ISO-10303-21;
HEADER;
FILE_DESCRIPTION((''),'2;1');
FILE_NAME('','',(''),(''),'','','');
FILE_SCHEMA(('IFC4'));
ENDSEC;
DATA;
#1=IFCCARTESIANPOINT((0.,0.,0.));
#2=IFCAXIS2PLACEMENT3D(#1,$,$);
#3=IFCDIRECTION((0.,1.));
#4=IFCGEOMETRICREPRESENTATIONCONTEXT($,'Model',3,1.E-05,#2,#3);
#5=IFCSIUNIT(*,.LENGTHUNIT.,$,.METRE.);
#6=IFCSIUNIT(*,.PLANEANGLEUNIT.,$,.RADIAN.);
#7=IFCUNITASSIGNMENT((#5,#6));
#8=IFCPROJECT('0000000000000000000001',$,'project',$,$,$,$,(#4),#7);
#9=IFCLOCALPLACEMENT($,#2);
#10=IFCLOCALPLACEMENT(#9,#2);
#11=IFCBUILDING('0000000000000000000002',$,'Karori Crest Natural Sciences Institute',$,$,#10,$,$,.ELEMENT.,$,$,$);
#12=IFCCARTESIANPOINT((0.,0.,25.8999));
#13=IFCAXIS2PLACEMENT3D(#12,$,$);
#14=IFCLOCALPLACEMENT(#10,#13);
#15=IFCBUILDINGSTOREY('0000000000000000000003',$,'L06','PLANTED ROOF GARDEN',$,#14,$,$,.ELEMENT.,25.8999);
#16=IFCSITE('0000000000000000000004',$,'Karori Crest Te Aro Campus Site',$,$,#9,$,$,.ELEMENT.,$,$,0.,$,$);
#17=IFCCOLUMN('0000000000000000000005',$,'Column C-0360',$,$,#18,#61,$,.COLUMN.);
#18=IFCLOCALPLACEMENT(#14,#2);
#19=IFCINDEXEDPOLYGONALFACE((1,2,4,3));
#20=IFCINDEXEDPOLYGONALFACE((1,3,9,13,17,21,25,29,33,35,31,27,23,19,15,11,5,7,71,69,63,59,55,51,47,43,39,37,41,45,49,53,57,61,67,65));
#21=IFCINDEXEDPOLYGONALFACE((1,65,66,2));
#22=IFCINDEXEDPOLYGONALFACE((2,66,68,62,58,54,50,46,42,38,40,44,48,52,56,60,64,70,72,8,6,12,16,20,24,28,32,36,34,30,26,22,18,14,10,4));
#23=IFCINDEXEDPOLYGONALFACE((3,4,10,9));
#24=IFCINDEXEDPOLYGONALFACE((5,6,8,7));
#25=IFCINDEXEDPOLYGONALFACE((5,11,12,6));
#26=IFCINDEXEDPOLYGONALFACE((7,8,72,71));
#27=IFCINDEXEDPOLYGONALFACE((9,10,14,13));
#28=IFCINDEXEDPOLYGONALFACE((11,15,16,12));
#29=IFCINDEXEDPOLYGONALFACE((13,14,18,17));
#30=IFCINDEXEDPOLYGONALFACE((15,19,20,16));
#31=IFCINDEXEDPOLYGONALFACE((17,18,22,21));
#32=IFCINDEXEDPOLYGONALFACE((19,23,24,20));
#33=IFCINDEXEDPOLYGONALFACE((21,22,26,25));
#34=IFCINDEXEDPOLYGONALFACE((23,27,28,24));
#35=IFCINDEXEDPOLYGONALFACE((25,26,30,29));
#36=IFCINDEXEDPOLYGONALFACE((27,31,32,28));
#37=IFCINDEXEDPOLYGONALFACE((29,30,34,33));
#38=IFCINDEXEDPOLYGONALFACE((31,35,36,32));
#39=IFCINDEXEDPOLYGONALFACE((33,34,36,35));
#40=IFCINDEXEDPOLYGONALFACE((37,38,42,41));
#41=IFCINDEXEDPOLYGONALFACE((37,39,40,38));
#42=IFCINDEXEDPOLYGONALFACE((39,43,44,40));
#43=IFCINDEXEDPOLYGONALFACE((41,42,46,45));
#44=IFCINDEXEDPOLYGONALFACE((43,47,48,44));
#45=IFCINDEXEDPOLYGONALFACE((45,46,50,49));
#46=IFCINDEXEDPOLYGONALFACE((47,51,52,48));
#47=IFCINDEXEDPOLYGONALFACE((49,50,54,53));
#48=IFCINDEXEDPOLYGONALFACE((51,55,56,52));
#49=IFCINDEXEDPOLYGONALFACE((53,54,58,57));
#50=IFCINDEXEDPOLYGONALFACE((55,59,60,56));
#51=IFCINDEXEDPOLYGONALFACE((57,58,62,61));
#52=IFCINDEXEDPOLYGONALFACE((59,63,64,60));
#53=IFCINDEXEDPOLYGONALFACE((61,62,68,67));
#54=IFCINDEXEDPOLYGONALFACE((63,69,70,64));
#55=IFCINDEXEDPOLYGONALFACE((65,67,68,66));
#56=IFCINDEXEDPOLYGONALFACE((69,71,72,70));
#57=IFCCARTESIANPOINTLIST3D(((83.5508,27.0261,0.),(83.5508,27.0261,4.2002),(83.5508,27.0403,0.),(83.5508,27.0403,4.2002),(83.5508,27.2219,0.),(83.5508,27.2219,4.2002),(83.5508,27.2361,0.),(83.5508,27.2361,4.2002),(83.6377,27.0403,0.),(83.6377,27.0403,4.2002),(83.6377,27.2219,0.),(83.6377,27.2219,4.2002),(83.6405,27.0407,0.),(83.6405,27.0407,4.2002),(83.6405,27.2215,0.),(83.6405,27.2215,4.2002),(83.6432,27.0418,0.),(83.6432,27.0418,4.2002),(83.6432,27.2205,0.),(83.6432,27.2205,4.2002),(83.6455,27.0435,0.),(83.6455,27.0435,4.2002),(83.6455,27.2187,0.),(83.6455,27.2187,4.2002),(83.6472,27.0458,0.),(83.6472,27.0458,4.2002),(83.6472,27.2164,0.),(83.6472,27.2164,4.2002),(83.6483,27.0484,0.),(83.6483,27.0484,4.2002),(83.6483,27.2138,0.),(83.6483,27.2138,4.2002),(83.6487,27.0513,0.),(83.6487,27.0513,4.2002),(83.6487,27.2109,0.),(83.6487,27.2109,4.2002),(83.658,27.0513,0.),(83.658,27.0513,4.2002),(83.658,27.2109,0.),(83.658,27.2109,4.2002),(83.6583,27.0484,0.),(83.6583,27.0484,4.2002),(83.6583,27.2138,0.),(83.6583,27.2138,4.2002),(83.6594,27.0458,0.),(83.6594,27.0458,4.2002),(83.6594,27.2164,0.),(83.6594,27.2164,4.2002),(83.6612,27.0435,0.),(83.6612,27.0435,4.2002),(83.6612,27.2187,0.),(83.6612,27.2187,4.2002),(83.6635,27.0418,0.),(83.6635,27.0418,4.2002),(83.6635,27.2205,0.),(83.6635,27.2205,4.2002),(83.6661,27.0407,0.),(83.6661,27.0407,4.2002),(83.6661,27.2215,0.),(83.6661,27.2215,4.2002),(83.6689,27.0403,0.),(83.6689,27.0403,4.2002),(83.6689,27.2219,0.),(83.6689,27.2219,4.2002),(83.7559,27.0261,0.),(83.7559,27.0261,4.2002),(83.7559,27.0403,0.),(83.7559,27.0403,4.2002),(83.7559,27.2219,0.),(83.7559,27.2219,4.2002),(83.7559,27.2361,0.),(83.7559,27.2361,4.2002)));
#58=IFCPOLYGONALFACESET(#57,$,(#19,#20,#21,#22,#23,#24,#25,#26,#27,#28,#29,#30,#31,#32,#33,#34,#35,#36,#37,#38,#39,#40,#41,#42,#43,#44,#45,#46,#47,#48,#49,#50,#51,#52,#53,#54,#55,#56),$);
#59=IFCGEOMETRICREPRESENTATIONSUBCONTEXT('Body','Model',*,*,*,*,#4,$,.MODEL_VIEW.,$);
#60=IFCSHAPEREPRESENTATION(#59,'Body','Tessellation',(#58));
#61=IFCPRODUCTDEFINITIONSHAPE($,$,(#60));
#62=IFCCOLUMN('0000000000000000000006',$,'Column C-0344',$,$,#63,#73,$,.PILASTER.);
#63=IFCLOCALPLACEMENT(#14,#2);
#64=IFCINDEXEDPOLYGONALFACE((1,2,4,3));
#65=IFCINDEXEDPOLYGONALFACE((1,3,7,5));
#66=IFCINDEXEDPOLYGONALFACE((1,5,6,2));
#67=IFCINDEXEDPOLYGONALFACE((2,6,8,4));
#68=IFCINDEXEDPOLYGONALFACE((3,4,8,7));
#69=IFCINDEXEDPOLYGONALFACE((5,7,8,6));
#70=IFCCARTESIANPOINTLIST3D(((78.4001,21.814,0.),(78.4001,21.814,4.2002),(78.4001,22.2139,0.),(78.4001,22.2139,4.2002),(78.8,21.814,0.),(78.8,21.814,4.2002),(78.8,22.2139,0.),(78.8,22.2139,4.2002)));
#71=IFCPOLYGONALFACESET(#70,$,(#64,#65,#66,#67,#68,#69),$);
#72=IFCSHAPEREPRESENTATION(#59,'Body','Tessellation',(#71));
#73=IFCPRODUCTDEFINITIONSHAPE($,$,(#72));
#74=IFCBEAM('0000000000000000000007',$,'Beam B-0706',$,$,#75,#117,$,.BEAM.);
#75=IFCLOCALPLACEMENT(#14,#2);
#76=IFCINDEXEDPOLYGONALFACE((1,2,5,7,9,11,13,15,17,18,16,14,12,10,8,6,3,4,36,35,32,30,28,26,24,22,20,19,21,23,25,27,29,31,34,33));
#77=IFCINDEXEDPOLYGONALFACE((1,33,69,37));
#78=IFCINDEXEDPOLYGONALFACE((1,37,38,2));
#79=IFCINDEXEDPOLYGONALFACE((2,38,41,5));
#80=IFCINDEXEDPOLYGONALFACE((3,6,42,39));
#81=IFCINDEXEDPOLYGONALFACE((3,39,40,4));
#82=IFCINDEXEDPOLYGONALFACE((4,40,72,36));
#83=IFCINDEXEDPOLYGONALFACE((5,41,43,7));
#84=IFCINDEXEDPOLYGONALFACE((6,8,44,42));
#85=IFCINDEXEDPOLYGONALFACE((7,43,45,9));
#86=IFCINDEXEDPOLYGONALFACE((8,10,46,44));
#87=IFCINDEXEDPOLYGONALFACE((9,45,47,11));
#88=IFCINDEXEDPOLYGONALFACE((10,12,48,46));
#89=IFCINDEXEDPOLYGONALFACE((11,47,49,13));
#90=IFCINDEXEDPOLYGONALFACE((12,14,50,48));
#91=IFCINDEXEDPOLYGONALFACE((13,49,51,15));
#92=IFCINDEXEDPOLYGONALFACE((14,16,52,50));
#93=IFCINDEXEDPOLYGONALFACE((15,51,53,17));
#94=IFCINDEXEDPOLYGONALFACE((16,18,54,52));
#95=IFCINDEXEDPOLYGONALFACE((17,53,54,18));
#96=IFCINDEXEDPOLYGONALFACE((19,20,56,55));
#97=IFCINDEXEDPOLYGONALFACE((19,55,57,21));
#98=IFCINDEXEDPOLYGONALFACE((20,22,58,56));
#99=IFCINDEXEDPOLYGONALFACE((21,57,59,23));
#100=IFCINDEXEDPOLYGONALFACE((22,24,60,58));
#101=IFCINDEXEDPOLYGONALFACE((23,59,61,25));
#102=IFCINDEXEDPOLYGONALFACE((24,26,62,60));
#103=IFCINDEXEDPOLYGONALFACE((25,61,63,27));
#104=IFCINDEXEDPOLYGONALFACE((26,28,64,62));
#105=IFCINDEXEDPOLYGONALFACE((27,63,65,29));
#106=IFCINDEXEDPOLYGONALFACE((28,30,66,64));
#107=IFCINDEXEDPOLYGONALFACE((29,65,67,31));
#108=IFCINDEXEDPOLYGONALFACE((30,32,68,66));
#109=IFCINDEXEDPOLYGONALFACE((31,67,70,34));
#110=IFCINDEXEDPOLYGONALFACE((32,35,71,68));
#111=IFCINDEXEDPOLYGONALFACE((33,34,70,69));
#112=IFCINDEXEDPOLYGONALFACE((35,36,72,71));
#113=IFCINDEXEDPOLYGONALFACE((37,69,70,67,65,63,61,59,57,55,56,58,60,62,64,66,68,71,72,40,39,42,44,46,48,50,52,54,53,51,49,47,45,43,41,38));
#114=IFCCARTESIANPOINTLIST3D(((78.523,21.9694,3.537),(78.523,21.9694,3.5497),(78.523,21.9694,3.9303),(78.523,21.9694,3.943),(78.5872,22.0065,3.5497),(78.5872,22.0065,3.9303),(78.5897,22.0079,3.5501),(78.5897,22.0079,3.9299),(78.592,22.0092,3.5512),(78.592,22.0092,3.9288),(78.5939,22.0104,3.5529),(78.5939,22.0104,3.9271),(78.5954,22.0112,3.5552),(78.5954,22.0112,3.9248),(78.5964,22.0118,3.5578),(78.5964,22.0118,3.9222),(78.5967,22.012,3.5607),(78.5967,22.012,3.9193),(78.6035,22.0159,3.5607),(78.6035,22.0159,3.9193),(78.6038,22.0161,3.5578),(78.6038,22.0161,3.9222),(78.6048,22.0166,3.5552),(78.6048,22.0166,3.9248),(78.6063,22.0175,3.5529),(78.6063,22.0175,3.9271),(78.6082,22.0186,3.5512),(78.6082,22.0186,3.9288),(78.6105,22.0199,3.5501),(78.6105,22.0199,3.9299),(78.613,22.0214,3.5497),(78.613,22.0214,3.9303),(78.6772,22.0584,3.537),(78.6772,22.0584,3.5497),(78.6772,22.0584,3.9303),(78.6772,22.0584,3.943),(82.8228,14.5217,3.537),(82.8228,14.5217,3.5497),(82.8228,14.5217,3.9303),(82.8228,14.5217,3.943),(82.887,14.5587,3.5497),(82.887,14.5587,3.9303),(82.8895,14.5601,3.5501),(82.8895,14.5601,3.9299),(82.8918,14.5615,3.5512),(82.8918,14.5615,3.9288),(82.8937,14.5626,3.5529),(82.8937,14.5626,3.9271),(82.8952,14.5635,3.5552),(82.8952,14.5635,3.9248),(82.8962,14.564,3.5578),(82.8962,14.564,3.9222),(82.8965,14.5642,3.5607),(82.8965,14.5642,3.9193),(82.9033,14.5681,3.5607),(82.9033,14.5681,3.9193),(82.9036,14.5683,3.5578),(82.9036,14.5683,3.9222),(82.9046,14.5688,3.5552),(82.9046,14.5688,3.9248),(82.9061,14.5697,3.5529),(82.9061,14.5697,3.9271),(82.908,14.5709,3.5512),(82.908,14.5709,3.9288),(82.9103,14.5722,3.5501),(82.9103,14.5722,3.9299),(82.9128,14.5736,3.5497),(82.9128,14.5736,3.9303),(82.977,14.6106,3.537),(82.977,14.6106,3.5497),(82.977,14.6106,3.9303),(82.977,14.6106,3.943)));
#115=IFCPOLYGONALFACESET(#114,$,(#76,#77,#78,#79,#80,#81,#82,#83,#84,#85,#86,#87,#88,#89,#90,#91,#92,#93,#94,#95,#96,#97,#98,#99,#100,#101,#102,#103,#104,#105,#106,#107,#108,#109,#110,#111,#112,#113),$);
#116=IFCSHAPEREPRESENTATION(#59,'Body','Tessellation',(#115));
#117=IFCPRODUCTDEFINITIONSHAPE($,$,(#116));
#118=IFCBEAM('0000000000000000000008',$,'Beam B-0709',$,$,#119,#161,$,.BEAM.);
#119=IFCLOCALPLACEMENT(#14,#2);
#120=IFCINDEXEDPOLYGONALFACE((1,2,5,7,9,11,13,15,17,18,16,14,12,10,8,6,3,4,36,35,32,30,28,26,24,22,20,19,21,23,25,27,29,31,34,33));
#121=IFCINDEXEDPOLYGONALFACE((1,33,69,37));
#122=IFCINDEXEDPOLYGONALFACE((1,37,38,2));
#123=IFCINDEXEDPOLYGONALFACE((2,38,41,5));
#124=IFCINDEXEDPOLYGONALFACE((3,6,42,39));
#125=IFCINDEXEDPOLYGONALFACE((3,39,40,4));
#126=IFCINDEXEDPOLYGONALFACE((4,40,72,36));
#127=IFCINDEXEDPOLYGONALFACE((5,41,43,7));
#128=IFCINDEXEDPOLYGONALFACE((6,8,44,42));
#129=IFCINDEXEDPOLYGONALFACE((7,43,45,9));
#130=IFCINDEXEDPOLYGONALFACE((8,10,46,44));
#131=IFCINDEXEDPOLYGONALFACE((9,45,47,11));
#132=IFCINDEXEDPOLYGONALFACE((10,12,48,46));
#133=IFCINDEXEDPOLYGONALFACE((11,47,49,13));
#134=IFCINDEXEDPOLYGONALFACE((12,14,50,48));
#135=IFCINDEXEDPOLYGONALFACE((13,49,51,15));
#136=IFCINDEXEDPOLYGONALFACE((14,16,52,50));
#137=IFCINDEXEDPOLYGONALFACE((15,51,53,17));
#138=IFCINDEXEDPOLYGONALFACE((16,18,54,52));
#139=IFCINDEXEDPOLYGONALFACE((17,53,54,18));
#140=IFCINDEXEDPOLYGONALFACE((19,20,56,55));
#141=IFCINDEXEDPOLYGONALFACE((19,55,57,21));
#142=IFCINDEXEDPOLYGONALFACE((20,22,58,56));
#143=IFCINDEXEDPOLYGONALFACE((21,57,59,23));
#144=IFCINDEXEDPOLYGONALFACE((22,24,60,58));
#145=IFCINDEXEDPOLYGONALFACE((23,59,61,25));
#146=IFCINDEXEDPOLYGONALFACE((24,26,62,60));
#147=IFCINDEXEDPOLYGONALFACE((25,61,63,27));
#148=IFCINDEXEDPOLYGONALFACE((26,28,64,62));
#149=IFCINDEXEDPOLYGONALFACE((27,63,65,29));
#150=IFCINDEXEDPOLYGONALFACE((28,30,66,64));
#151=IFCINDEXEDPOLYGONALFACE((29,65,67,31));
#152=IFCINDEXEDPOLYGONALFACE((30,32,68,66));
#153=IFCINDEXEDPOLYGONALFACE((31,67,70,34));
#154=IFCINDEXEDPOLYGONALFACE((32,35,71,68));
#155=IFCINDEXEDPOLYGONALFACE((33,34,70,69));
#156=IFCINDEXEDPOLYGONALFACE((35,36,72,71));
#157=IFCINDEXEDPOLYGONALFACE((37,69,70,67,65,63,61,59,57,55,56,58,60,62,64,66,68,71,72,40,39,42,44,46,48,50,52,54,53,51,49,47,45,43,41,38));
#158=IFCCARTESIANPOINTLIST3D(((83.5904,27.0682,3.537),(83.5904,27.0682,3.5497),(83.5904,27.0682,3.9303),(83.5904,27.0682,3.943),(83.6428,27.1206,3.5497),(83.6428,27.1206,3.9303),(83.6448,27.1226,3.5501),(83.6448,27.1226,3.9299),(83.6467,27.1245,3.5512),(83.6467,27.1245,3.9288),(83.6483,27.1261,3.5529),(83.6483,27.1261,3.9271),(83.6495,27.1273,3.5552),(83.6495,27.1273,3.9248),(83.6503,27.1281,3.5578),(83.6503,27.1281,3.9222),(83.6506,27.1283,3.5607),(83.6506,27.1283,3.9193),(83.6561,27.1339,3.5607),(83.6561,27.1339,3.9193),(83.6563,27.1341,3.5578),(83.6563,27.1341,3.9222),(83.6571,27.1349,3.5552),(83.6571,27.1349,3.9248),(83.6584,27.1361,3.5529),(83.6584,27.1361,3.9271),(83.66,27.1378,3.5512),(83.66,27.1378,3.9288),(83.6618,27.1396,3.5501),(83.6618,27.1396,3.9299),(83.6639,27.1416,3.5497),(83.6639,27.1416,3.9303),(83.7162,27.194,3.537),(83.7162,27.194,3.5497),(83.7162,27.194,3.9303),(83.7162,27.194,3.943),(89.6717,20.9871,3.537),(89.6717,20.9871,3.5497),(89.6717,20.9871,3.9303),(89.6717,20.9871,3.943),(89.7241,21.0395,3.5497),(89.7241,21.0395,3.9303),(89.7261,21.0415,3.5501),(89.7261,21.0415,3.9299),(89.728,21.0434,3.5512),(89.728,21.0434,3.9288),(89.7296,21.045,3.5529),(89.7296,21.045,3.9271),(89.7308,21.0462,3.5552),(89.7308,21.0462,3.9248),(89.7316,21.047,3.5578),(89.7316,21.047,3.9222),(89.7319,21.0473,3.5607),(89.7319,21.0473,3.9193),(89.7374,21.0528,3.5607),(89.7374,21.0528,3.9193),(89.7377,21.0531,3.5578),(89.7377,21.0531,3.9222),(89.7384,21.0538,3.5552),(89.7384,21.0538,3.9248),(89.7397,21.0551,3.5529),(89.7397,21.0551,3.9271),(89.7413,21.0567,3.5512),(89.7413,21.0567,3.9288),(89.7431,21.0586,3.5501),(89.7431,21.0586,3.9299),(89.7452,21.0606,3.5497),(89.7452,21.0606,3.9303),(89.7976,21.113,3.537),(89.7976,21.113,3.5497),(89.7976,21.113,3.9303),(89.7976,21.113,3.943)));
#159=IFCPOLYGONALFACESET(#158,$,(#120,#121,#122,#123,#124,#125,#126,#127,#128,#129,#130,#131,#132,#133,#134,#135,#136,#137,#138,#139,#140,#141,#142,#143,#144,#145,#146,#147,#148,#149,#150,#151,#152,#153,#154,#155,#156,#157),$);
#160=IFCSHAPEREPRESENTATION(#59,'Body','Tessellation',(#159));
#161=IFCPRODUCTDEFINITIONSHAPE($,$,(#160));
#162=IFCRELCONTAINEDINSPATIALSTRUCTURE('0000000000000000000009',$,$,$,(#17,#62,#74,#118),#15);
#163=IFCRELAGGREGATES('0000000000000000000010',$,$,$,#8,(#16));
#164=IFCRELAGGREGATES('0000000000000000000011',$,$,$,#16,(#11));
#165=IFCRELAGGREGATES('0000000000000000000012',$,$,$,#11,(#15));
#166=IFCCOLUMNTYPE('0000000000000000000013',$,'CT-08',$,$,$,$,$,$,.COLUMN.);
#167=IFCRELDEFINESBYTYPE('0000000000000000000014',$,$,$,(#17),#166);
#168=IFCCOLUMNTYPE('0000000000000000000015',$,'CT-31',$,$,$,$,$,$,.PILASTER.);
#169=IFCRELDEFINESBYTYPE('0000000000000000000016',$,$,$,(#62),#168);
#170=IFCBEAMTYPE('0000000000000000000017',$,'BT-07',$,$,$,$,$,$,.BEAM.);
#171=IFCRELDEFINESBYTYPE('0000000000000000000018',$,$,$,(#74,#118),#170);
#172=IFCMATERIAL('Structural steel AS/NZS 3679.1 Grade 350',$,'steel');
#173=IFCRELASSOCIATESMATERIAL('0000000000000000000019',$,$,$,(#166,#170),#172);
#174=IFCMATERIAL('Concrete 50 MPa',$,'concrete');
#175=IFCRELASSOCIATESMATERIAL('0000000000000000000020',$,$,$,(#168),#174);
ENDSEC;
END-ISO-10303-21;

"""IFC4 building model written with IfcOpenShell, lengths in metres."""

from ifc_helpers import new_model, si_unit, direction, frame, origin, origin_2d, place, context, subcontext, project, spatial, rectangle, i_section, extrude, material, material_profile, profile_set, type_object, element, save


model = new_model("IFC4")

# Units and contexts
model_context = context("Model", 3, precision=1e-05, world=origin(), true_north=direction((0.0, 1.0)))
body_context = subcontext(model_context, "Body", "Model", "MODEL_VIEW")
ifc_project = project(units=[si_unit("LENGTHUNIT", "METRE"), si_unit("PLANEANGLEUNIT", "RADIAN")], contexts=[model_context])

# Site, building, storey
site_placement = place(None, origin())
site = spatial("IfcSite", under=ifc_project, at=site_placement, Name="Karori Crest Te Aro Campus Site", CompositionType="ELEMENT", RefElevation=0.0)
building_placement = place(site_placement, origin())
building = spatial("IfcBuilding", under=site, at=building_placement, Name="Karori Crest Natural Sciences Institute", CompositionType="ELEMENT")
storey_placement = place(building_placement, frame((0.0, 0.0, 25.8999)))
storey = spatial("IfcBuildingStorey", under=building, at=storey_placement, Name="L06", Description="PLANTED ROOF GARDEN", CompositionType="ELEMENT", Elevation=25.8999)

# Columns
ifc_material_1 = material(Name="Structural steel AS/NZS 3679.1 Grade 350", Category="steel")
ifc_material_profile_1 = material_profile(ifc_material_1, i_section(OverallWidth=0.2051, OverallDepth=0.21, WebThickness=0.0093, FlangeThickness=0.0142, FilletRadius=0.011, at=origin_2d()), Name="200UC59.5")
ifc_profile_set_1 = profile_set([ifc_material_profile_1], Name="Structural steel AS/NZS 3679.1 Grade 350")
column_type_1 = type_object("IfcColumnType", Name="CT-08", PredefinedType="COLUMN", material=ifc_profile_set_1)
column_1_placement = place(storey_placement, frame((83.6533, 27.1311, 0.0), z_axis=(0.0, 0.0, 1.0), x_axis=(1.0, 0.0, 0.0)))
element("IfcColumn", 1, at=column_1_placement, inside=storey, type_object=column_type_1, Name="Column C-0360", PredefinedType="COLUMN", context=body_context, shape_type="SweptSolid", body=[
    extrude(i_section(OverallWidth=0.2051, OverallDepth=0.21, WebThickness=0.0093, FlangeThickness=0.0142, FilletRadius=0.011, at=origin_2d()), origin(), (0.0, 0.0, 1.0), 4.2002),
])
ifc_material_2 = material(Name="Concrete 50 MPa", Category="concrete")
ifc_material_profile_2 = material_profile(ifc_material_2, rectangle(XDim=0.3999, YDim=0.3999, at=origin_2d()), Name="RC400x400")
ifc_profile_set_2 = profile_set([ifc_material_profile_2], Name="Concrete 50 MPa")
column_type_2 = type_object("IfcColumnType", Name="CT-31", PredefinedType="PILASTER", material=ifc_profile_set_2)
column_2_placement = place(storey_placement, frame((78.6001, 22.0139, 0.0), z_axis=(0.0, 0.0, 1.0), x_axis=(1.0, 0.0, 0.0)))
element("IfcColumn", 2, at=column_2_placement, inside=storey, type_object=column_type_2, Name="Column C-0344", PredefinedType="PILASTER", context=body_context, shape_type="SweptSolid", body=[
    extrude(rectangle(XDim=0.3999, YDim=0.3999, at=origin_2d()), origin(), (0.0, 0.0, 1.0), 4.2002),
])

# Beams
ifc_material_profile_3 = material_profile(ifc_material_1, i_section(OverallWidth=0.178, OverallDepth=0.406, WebThickness=0.0078, FlangeThickness=0.0127, FilletRadius=0.011, at=origin_2d()), Name="410UB59.7")
ifc_profile_set_3 = profile_set([ifc_material_profile_3], Name="Structural steel AS/NZS 3679.1 Grade 350")
beam_type_1 = type_object("IfcBeamType", Name="BT-07", PredefinedType="BEAM", material=ifc_profile_set_3)
beam_1_placement = place(storey_placement, frame((78.6001, 22.0139, 3.74), z_axis=(0.499986, -0.866033, 0.0), x_axis=(0.866033, 0.499986, 0.0)))
element("IfcBeam", 3, at=beam_1_placement, inside=storey, type_object=beam_type_1, Name="Beam B-0706", PredefinedType="BEAM", context=body_context, shape_type="SweptSolid", body=[
    extrude(i_section(OverallWidth=0.178, OverallDepth=0.406, WebThickness=0.0078, FlangeThickness=0.0127, FilletRadius=0.011, at=origin_2d()), origin(), (0.0, 0.0, 1.0), 8.5999),
])
beam_2_placement = place(storey_placement, frame((83.6533, 27.1311, 3.74), z_axis=(0.707121, -0.707093, 0.0), x_axis=(0.707093, 0.707121, 0.0)))
element("IfcBeam", 4, at=beam_2_placement, inside=storey, type_object=beam_type_1, Name="Beam B-0709", PredefinedType="BEAM", context=body_context, shape_type="SweptSolid", body=[
    extrude(i_section(OverallWidth=0.178, OverallDepth=0.406, WebThickness=0.0078, FlangeThickness=0.0127, FilletRadius=0.011, at=origin_2d()), origin(), (0.0, 0.0, 1.0), 8.6001),
])

save(model, "model.ifc")
